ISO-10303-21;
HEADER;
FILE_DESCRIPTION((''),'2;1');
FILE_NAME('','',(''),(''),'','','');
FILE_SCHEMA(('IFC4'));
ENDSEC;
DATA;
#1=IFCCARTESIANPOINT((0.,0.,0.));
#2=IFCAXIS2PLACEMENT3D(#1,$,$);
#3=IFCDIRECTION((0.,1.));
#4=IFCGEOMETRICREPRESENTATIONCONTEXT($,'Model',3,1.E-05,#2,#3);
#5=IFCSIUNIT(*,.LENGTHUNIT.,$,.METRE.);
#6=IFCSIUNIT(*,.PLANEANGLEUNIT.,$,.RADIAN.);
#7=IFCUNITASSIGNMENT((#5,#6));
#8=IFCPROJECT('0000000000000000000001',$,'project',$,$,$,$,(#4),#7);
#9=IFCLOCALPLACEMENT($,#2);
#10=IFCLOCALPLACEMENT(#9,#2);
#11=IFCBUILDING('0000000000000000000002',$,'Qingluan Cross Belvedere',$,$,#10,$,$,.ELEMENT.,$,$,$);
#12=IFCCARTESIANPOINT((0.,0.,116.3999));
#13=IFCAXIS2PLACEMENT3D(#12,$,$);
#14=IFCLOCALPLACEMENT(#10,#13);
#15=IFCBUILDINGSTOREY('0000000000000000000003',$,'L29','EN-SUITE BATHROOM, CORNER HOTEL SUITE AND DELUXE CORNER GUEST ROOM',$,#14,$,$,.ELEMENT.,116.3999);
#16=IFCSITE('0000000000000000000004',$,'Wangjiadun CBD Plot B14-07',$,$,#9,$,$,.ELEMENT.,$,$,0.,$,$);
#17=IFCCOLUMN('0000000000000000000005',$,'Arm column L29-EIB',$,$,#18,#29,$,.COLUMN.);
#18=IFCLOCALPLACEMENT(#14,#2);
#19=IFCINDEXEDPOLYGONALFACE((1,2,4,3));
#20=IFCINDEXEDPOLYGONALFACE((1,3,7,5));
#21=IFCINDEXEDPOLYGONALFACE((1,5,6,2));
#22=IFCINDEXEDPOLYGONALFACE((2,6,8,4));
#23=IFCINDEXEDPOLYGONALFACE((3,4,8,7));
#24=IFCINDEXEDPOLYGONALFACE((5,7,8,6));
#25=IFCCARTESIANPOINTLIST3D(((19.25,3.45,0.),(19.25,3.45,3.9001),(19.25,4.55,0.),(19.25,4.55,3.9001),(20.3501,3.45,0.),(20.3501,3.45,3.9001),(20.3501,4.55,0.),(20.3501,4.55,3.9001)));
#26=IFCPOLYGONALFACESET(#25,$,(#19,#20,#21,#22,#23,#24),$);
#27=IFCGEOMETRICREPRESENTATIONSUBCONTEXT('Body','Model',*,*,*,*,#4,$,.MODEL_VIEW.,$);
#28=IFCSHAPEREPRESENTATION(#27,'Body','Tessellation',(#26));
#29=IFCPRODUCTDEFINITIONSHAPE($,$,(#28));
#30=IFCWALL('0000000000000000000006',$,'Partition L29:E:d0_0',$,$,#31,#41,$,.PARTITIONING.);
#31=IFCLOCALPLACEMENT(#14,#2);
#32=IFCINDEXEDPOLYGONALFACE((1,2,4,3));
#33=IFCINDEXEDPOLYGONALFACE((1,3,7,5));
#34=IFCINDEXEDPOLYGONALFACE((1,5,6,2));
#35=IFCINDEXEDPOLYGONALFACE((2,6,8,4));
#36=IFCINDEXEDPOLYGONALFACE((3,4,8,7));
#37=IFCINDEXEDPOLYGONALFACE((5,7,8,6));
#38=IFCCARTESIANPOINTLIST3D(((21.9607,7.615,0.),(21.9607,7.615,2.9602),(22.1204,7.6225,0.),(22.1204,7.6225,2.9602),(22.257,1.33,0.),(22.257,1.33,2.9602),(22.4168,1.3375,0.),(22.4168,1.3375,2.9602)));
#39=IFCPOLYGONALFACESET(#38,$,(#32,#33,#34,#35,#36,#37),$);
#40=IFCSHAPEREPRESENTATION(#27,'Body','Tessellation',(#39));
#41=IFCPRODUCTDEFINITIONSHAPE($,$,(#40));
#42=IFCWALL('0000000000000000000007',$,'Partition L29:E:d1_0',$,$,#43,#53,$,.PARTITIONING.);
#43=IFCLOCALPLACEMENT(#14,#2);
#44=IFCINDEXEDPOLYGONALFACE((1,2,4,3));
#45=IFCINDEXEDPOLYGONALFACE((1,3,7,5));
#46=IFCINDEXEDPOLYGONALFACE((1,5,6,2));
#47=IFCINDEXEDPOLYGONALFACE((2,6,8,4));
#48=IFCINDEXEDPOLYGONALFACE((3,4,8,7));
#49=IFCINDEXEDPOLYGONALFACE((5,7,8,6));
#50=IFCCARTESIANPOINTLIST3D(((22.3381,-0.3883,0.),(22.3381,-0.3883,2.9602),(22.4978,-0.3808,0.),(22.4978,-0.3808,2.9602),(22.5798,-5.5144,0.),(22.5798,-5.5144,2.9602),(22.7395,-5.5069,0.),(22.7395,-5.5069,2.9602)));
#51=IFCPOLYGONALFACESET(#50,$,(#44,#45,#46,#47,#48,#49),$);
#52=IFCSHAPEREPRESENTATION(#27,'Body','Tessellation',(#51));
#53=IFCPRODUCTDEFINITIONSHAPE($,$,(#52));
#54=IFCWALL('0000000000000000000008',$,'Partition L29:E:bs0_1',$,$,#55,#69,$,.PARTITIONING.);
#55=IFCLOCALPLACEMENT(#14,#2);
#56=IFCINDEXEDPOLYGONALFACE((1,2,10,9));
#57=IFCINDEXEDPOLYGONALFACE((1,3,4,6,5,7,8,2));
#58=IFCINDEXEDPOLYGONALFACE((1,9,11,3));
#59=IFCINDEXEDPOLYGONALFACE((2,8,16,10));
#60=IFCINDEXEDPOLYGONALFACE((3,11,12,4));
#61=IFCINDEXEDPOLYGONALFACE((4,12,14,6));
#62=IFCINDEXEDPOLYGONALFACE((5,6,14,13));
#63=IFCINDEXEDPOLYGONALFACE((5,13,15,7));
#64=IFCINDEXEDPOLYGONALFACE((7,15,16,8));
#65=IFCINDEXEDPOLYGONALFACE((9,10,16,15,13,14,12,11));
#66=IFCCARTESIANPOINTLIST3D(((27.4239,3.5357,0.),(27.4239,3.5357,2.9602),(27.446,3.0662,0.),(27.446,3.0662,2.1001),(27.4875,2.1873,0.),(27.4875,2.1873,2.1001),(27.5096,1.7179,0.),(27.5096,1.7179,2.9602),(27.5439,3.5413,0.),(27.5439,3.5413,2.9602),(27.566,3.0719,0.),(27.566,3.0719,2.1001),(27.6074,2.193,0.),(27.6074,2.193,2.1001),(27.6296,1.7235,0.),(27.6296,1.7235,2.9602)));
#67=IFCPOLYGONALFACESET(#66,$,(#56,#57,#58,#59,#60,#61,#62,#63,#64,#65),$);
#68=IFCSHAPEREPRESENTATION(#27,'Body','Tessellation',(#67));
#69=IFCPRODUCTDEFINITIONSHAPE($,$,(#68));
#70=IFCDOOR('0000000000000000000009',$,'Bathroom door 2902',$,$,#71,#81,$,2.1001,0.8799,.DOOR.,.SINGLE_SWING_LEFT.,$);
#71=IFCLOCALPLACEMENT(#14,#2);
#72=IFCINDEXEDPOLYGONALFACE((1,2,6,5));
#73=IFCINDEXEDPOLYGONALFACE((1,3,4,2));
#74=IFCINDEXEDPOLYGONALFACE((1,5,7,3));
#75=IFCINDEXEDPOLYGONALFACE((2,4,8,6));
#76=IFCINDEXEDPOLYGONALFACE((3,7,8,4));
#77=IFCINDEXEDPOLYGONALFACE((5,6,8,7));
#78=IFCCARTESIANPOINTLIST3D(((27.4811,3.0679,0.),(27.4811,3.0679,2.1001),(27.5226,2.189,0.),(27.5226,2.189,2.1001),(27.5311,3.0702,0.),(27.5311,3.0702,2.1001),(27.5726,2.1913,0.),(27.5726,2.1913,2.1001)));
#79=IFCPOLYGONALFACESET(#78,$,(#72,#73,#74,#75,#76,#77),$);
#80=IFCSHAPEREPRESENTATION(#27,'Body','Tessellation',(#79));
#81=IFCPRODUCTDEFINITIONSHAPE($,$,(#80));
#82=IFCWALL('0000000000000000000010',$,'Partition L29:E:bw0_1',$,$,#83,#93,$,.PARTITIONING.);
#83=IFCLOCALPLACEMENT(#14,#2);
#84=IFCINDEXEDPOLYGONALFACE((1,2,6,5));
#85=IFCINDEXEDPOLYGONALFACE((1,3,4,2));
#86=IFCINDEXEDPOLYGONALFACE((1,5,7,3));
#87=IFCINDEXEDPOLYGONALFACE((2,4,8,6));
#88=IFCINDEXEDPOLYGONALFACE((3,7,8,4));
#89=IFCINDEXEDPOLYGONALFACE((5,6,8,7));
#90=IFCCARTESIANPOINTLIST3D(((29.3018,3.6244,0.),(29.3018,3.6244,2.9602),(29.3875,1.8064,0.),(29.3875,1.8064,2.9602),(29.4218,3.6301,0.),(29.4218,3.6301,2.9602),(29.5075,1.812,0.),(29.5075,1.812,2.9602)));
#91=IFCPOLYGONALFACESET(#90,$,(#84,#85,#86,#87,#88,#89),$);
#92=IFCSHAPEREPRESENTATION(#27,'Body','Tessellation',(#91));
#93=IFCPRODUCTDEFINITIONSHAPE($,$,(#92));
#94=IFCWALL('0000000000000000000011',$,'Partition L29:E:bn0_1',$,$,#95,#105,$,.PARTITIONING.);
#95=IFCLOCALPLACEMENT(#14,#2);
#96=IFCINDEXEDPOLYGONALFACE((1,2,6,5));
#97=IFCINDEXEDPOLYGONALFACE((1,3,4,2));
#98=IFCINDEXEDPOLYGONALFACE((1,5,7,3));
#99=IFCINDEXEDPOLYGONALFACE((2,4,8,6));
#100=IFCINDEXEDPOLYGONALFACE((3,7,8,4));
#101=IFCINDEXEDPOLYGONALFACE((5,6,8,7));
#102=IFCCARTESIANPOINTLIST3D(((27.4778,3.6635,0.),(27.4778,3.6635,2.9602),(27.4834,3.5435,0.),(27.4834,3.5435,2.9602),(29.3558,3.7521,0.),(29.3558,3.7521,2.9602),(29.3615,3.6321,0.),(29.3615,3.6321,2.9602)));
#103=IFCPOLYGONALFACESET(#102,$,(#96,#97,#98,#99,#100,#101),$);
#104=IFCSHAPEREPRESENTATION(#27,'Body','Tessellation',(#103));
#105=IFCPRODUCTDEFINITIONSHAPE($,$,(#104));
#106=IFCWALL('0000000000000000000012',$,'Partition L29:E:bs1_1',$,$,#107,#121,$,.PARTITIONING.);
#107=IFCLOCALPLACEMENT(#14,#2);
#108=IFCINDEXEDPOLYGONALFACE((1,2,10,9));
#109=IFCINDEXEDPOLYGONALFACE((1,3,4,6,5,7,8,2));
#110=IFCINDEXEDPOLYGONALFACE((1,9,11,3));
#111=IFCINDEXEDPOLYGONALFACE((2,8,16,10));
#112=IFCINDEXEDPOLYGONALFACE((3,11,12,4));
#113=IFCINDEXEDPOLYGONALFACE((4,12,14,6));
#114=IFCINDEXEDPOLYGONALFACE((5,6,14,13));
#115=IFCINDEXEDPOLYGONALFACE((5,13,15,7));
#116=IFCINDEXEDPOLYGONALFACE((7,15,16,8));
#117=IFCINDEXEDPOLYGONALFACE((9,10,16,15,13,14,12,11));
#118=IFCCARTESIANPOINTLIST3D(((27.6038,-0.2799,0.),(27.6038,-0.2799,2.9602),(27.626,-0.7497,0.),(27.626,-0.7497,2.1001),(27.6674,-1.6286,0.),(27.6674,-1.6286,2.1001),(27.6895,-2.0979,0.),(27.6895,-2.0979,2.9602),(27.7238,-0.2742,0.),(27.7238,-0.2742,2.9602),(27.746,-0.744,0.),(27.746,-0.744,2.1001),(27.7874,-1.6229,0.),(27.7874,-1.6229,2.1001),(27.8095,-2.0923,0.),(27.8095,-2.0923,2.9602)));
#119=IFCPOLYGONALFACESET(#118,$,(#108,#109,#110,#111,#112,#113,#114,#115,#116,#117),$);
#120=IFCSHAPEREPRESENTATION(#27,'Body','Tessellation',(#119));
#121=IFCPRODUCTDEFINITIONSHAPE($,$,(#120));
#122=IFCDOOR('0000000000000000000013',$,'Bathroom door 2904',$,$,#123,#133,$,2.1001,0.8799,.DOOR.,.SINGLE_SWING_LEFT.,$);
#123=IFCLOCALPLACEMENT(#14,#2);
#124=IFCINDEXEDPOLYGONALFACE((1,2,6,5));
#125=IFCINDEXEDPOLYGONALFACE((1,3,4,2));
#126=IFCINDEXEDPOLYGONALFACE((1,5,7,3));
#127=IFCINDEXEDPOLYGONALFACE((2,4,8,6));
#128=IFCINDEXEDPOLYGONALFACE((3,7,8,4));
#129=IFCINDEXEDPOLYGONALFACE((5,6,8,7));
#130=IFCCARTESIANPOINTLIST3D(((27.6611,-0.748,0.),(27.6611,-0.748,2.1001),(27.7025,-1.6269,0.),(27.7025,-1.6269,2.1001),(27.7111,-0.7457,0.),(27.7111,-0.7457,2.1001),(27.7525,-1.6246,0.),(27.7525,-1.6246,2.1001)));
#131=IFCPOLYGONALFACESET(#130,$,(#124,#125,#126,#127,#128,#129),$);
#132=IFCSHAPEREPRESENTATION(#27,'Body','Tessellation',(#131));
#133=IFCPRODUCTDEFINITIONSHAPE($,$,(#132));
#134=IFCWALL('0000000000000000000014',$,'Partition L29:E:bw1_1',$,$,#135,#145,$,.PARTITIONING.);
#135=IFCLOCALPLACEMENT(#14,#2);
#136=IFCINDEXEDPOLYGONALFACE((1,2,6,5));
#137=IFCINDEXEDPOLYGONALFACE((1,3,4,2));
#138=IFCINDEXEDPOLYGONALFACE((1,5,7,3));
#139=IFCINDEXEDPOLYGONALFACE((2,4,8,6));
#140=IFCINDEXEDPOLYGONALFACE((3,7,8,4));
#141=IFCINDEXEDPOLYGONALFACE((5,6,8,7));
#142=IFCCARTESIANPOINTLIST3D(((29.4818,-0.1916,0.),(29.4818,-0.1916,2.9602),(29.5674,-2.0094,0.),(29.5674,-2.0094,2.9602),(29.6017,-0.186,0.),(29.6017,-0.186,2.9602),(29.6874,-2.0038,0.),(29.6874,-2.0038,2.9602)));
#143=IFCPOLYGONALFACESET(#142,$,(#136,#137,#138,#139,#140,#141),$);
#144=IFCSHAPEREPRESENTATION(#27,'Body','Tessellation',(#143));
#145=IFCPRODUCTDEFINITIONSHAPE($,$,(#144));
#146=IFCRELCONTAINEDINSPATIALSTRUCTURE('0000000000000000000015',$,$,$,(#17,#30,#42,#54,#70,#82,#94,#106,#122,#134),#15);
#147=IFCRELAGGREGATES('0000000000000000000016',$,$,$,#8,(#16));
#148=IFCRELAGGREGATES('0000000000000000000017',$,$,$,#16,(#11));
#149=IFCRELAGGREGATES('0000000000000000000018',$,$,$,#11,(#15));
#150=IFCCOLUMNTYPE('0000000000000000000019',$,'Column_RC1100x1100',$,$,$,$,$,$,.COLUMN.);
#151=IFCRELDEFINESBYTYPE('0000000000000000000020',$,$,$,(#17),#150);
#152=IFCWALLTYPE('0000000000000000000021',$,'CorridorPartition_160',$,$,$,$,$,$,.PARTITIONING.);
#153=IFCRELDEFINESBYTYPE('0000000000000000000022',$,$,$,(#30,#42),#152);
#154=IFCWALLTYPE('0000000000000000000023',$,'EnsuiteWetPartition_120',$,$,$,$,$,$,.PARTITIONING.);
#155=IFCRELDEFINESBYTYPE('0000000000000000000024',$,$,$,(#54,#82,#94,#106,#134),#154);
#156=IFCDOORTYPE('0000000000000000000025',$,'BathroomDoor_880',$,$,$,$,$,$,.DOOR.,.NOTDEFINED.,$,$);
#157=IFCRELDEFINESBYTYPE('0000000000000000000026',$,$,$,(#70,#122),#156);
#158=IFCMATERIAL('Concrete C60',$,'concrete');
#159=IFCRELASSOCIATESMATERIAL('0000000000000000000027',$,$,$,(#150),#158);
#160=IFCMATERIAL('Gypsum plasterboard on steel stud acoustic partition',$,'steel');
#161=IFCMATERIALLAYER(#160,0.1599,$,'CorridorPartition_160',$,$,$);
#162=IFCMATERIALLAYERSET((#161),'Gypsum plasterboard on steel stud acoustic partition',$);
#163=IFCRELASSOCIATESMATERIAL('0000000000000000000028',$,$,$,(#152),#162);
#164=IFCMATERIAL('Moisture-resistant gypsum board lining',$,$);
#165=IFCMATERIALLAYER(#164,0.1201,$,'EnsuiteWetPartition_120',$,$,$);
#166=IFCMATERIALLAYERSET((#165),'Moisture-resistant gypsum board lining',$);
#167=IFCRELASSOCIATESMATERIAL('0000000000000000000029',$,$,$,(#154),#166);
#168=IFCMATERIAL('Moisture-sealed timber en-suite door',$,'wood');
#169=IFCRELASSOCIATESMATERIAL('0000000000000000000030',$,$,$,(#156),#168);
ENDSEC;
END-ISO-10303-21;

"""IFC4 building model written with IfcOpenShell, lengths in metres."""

from ifc_helpers import new_model, si_unit, direction, frame, frame_2d, origin, origin_2d, place, context, subcontext, project, spatial, rectangle, extrude, material, layer, layer_set, material_profile, profile_set, type_object, element, fill, save


model = new_model("IFC4")

# Units and contexts
model_context = context("Model", 3, precision=1e-05, world=origin(), true_north=direction((0.0, 1.0)))
body_context = subcontext(model_context, "Body", "Model", "MODEL_VIEW")
ifc_project = project(units=[si_unit("LENGTHUNIT", "METRE"), si_unit("PLANEANGLEUNIT", "RADIAN")], contexts=[model_context])

# Site, building, storey
site_placement = place(None, origin())
site = spatial("IfcSite", under=ifc_project, at=site_placement, Name="Wangjiadun CBD Plot B14-07", CompositionType="ELEMENT", RefElevation=0.0)
building_placement = place(site_placement, origin())
building = spatial("IfcBuilding", under=site, at=building_placement, Name="Qingluan Cross Belvedere", CompositionType="ELEMENT")
storey_placement = place(building_placement, frame((0.0, 0.0, 116.3999)))
storey = spatial("IfcBuildingStorey", under=building, at=storey_placement, Name="L29", Description="EN-SUITE BATHROOM, CORNER HOTEL SUITE AND DELUXE CORNER GUEST ROOM", CompositionType="ELEMENT", Elevation=116.3999)

# Column
ifc_material_1 = material(Name="Concrete C60", Category="concrete")
ifc_material_profile = material_profile(ifc_material_1, rectangle(XDim=1.1001, YDim=1.1001, at=origin_2d()), Name="RC1100x1100")
ifc_profile_set = profile_set([ifc_material_profile], Name="Concrete C60")
column_type = type_object("IfcColumnType", Name="Column_RC1100x1100", PredefinedType="COLUMN", material=ifc_profile_set)
column_placement = place(storey_placement, frame((19.8, 4.0, 0.0), z_axis=(0.0, 0.0, 1.0), x_axis=(1.0, 0.0, 0.0)))
element("IfcColumn", 1, at=column_placement, inside=storey, type_object=column_type, Name="Arm column L29-EIB", PredefinedType="COLUMN", context=body_context, shape_type="SweptSolid", body=[
    extrude(rectangle(XDim=1.1001, YDim=1.1001, at=origin_2d()), origin(), (0.0, 0.0, 1.0), 3.9001),
])

# Walls
ifc_material_2 = material(Name="Gypsum plasterboard on steel stud acoustic partition", Category="steel")
ifc_layer_1 = layer(ifc_material_2, 0.1599, Name="CorridorPartition_160")
ifc_layer_set_1 = layer_set([ifc_layer_1], Name="Gypsum plasterboard on steel stud acoustic partition")
wall_type_1 = type_object("IfcWallType", Name="CorridorPartition_160", PredefinedType="PARTITIONING", material=ifc_layer_set_1)
wall_1_placement = place(storey_placement, frame((22.3369, 1.3337, 0.0), z_axis=(0.0, 0.0, 1.0), x_axis=(-0.047106, 0.99889, 0.0)))
element("IfcWall", 2, at=wall_1_placement, inside=storey, type_object=wall_type_1, Name="Partition L29:E:d0_0", PredefinedType="PARTITIONING", context=body_context, shape_type="SweptSolid", body=[
    extrude(rectangle(XDim=6.292, YDim=0.1599, at=frame_2d((3.146, 0.0))), origin(), (0.0, 0.0, 1.0), 2.9602),
])
wall_2_placement = place(storey_placement, frame((22.418, -0.3845, 0.0), z_axis=(0.0, 0.0, 1.0), x_axis=(0.047097, -0.99889, 0.0)))
element("IfcWall", 3, at=wall_2_placement, inside=storey, type_object=wall_type_1, Name="Partition L29:E:d1_0", PredefinedType="PARTITIONING", context=body_context, shape_type="SweptSolid", body=[
    extrude(rectangle(XDim=5.1318, YDim=0.1599, at=frame_2d((2.5659, 0.0))), origin(), (0.0, 0.0, 1.0), 2.9602),
])

# Wall, opening, door
ifc_material_3 = material(Name="Moisture-resistant gypsum board lining")
ifc_layer_2 = layer(ifc_material_3, 0.1201, Name="EnsuiteWetPartition_120")
ifc_layer_set_2 = layer_set([ifc_layer_2], Name="Moisture-resistant gypsum board lining")
wall_type_2 = type_object("IfcWallType", Name="EnsuiteWetPartition_120", PredefinedType="PARTITIONING", material=ifc_layer_set_2)
wall_3_placement = place(storey_placement, frame((27.5696, 1.7207, 0.0), z_axis=(0.0, 0.0, 1.0), x_axis=(-0.047087, 0.998891, 0.0)))
wall_3 = element("IfcWall", 4, at=wall_3_placement, inside=storey, type_object=wall_type_2, Name="Partition L29:E:bs0_1", PredefinedType="PARTITIONING", context=body_context, shape_type="SweptSolid", body=[
    extrude(rectangle(XDim=1.8198, YDim=0.1201, at=frame_2d((0.9099, 0.0))), origin(), (0.0, 0.0, 1.0), 2.9602),
])
opening_1_placement = place(wall_3_placement, frame((0.47, 0.0, 0.0)))
opening_1 = element("IfcOpeningElement", 5, at=opening_1_placement, cuts=wall_3, PredefinedType="OPENING", context=body_context, shape_type="SweptSolid", body=[
    extrude(rectangle(XDim=0.8799, YDim=2.1001, at=frame_2d((0.4399, 1.05))), frame((0.0, 0.0701, 0.0), z_axis=(0.0, -1.0, 0.0), x_axis=(1.0, 0.0, 0.0)), (0.0, 0.0, 1.0), 0.1401),
])
ifc_material_4 = material(Name="Moisture-sealed timber en-suite door", Category="wood")
door_type = type_object("IfcDoorType", Name="BathroomDoor_880", OperationType="NOTDEFINED", PredefinedType="DOOR", material=ifc_material_4)
door_1_placement = place(opening_1_placement, origin())
door_1 = element("IfcDoor", 6, at=door_1_placement, inside=storey, type_object=door_type, Name="Bathroom door 2902", OperationType="SINGLE_SWING_LEFT", OverallHeight=2.1001, OverallWidth=0.8799, PredefinedType="DOOR", context=body_context, shape_type="SweptSolid", body=[
    extrude(rectangle(XDim=0.8799, YDim=2.1001, at=frame_2d((0.4399, 1.05))), frame((0.0, 0.0249, 0.0), z_axis=(0.0, -1.0, 0.0), x_axis=(1.0, 0.0, 0.0)), (0.0, 0.0, 1.0), 0.05),
])
fill(opening_1, door_1)

# Walls
wall_4_placement = place(storey_placement, frame((29.4475, 1.8091, 0.0), z_axis=(0.0, 0.0, 1.0), x_axis=(-0.047081, 0.998891, 0.0)))
element("IfcWall", 7, at=wall_4_placement, inside=storey, type_object=wall_type_2, Name="Partition L29:E:bw0_1", PredefinedType="PARTITIONING", context=body_context, shape_type="SweptSolid", body=[
    extrude(rectangle(XDim=1.8201, YDim=0.1201, at=frame_2d((0.9102, 0.0))), origin(), (0.0, 0.0, 1.0), 2.9602),
])
wall_5_placement = place(storey_placement, frame((27.4807, 3.6035, 0.0), z_axis=(0.0, 0.0, 1.0), x_axis=(0.998888, 0.047139, 0.0)))
element("IfcWall", 8, at=wall_5_placement, inside=storey, type_object=wall_type_2, Name="Partition L29:E:bn0_1", PredefinedType="PARTITIONING", context=body_context, shape_type="SweptSolid", body=[
    extrude(rectangle(XDim=1.8801, YDim=0.1201, at=frame_2d((0.9399, 0.0))), origin(), (0.0, 0.0, 1.0), 2.9602),
])

# Wall, opening, door
wall_6_placement = place(storey_placement, frame((27.7495, -2.0952, 0.0), z_axis=(0.0, 0.0, 1.0), x_axis=(-0.047081, 0.998891, 0.0)))
wall_6 = element("IfcWall", 9, at=wall_6_placement, inside=storey, type_object=wall_type_2, Name="Partition L29:E:bs1_1", PredefinedType="PARTITIONING", context=body_context, shape_type="SweptSolid", body=[
    extrude(rectangle(XDim=1.8201, YDim=0.1201, at=frame_2d((0.9102, 0.0))), origin(), (0.0, 0.0, 1.0), 2.9602),
])
opening_2_placement = place(wall_6_placement, frame((0.47, 0.0, 0.0)))
opening_2 = element("IfcOpeningElement", 10, at=opening_2_placement, cuts=wall_6, PredefinedType="OPENING", context=body_context, shape_type="SweptSolid", body=[
    extrude(rectangle(XDim=0.8799, YDim=2.1001, at=frame_2d((0.4399, 1.05))), frame((0.0, 0.0701, 0.0), z_axis=(0.0, -1.0, 0.0), x_axis=(1.0, 0.0, 0.0)), (0.0, 0.0, 1.0), 0.1401),
])
door_2_placement = place(opening_2_placement, origin())
door_2 = element("IfcDoor", 11, at=door_2_placement, inside=storey, type_object=door_type, Name="Bathroom door 2904", OperationType="SINGLE_SWING_LEFT", OverallHeight=2.1001, OverallWidth=0.8799, PredefinedType="DOOR", context=body_context, shape_type="SweptSolid", body=[
    extrude(rectangle(XDim=0.8799, YDim=2.1001, at=frame_2d((0.4399, 1.05))), frame((0.0, 0.0249, 0.0), z_axis=(0.0, -1.0, 0.0), x_axis=(1.0, 0.0, 0.0)), (0.0, 0.0, 1.0), 0.05),
])
fill(opening_2, door_2)

# Wall
wall_7_placement = place(storey_placement, frame((29.6274, -2.0066, 0.0), z_axis=(0.0, 0.0, 1.0), x_axis=(-0.047087, 0.998891, 0.0)))
element("IfcWall", 12, at=wall_7_placement, inside=storey, type_object=wall_type_2, Name="Partition L29:E:bw1_1", PredefinedType="PARTITIONING", context=body_context, shape_type="SweptSolid", body=[
    extrude(rectangle(XDim=1.8198, YDim=0.1201, at=frame_2d((0.9099, 0.0))), origin(), (0.0, 0.0, 1.0), 2.9602),
])

save(model, "model.ifc")
